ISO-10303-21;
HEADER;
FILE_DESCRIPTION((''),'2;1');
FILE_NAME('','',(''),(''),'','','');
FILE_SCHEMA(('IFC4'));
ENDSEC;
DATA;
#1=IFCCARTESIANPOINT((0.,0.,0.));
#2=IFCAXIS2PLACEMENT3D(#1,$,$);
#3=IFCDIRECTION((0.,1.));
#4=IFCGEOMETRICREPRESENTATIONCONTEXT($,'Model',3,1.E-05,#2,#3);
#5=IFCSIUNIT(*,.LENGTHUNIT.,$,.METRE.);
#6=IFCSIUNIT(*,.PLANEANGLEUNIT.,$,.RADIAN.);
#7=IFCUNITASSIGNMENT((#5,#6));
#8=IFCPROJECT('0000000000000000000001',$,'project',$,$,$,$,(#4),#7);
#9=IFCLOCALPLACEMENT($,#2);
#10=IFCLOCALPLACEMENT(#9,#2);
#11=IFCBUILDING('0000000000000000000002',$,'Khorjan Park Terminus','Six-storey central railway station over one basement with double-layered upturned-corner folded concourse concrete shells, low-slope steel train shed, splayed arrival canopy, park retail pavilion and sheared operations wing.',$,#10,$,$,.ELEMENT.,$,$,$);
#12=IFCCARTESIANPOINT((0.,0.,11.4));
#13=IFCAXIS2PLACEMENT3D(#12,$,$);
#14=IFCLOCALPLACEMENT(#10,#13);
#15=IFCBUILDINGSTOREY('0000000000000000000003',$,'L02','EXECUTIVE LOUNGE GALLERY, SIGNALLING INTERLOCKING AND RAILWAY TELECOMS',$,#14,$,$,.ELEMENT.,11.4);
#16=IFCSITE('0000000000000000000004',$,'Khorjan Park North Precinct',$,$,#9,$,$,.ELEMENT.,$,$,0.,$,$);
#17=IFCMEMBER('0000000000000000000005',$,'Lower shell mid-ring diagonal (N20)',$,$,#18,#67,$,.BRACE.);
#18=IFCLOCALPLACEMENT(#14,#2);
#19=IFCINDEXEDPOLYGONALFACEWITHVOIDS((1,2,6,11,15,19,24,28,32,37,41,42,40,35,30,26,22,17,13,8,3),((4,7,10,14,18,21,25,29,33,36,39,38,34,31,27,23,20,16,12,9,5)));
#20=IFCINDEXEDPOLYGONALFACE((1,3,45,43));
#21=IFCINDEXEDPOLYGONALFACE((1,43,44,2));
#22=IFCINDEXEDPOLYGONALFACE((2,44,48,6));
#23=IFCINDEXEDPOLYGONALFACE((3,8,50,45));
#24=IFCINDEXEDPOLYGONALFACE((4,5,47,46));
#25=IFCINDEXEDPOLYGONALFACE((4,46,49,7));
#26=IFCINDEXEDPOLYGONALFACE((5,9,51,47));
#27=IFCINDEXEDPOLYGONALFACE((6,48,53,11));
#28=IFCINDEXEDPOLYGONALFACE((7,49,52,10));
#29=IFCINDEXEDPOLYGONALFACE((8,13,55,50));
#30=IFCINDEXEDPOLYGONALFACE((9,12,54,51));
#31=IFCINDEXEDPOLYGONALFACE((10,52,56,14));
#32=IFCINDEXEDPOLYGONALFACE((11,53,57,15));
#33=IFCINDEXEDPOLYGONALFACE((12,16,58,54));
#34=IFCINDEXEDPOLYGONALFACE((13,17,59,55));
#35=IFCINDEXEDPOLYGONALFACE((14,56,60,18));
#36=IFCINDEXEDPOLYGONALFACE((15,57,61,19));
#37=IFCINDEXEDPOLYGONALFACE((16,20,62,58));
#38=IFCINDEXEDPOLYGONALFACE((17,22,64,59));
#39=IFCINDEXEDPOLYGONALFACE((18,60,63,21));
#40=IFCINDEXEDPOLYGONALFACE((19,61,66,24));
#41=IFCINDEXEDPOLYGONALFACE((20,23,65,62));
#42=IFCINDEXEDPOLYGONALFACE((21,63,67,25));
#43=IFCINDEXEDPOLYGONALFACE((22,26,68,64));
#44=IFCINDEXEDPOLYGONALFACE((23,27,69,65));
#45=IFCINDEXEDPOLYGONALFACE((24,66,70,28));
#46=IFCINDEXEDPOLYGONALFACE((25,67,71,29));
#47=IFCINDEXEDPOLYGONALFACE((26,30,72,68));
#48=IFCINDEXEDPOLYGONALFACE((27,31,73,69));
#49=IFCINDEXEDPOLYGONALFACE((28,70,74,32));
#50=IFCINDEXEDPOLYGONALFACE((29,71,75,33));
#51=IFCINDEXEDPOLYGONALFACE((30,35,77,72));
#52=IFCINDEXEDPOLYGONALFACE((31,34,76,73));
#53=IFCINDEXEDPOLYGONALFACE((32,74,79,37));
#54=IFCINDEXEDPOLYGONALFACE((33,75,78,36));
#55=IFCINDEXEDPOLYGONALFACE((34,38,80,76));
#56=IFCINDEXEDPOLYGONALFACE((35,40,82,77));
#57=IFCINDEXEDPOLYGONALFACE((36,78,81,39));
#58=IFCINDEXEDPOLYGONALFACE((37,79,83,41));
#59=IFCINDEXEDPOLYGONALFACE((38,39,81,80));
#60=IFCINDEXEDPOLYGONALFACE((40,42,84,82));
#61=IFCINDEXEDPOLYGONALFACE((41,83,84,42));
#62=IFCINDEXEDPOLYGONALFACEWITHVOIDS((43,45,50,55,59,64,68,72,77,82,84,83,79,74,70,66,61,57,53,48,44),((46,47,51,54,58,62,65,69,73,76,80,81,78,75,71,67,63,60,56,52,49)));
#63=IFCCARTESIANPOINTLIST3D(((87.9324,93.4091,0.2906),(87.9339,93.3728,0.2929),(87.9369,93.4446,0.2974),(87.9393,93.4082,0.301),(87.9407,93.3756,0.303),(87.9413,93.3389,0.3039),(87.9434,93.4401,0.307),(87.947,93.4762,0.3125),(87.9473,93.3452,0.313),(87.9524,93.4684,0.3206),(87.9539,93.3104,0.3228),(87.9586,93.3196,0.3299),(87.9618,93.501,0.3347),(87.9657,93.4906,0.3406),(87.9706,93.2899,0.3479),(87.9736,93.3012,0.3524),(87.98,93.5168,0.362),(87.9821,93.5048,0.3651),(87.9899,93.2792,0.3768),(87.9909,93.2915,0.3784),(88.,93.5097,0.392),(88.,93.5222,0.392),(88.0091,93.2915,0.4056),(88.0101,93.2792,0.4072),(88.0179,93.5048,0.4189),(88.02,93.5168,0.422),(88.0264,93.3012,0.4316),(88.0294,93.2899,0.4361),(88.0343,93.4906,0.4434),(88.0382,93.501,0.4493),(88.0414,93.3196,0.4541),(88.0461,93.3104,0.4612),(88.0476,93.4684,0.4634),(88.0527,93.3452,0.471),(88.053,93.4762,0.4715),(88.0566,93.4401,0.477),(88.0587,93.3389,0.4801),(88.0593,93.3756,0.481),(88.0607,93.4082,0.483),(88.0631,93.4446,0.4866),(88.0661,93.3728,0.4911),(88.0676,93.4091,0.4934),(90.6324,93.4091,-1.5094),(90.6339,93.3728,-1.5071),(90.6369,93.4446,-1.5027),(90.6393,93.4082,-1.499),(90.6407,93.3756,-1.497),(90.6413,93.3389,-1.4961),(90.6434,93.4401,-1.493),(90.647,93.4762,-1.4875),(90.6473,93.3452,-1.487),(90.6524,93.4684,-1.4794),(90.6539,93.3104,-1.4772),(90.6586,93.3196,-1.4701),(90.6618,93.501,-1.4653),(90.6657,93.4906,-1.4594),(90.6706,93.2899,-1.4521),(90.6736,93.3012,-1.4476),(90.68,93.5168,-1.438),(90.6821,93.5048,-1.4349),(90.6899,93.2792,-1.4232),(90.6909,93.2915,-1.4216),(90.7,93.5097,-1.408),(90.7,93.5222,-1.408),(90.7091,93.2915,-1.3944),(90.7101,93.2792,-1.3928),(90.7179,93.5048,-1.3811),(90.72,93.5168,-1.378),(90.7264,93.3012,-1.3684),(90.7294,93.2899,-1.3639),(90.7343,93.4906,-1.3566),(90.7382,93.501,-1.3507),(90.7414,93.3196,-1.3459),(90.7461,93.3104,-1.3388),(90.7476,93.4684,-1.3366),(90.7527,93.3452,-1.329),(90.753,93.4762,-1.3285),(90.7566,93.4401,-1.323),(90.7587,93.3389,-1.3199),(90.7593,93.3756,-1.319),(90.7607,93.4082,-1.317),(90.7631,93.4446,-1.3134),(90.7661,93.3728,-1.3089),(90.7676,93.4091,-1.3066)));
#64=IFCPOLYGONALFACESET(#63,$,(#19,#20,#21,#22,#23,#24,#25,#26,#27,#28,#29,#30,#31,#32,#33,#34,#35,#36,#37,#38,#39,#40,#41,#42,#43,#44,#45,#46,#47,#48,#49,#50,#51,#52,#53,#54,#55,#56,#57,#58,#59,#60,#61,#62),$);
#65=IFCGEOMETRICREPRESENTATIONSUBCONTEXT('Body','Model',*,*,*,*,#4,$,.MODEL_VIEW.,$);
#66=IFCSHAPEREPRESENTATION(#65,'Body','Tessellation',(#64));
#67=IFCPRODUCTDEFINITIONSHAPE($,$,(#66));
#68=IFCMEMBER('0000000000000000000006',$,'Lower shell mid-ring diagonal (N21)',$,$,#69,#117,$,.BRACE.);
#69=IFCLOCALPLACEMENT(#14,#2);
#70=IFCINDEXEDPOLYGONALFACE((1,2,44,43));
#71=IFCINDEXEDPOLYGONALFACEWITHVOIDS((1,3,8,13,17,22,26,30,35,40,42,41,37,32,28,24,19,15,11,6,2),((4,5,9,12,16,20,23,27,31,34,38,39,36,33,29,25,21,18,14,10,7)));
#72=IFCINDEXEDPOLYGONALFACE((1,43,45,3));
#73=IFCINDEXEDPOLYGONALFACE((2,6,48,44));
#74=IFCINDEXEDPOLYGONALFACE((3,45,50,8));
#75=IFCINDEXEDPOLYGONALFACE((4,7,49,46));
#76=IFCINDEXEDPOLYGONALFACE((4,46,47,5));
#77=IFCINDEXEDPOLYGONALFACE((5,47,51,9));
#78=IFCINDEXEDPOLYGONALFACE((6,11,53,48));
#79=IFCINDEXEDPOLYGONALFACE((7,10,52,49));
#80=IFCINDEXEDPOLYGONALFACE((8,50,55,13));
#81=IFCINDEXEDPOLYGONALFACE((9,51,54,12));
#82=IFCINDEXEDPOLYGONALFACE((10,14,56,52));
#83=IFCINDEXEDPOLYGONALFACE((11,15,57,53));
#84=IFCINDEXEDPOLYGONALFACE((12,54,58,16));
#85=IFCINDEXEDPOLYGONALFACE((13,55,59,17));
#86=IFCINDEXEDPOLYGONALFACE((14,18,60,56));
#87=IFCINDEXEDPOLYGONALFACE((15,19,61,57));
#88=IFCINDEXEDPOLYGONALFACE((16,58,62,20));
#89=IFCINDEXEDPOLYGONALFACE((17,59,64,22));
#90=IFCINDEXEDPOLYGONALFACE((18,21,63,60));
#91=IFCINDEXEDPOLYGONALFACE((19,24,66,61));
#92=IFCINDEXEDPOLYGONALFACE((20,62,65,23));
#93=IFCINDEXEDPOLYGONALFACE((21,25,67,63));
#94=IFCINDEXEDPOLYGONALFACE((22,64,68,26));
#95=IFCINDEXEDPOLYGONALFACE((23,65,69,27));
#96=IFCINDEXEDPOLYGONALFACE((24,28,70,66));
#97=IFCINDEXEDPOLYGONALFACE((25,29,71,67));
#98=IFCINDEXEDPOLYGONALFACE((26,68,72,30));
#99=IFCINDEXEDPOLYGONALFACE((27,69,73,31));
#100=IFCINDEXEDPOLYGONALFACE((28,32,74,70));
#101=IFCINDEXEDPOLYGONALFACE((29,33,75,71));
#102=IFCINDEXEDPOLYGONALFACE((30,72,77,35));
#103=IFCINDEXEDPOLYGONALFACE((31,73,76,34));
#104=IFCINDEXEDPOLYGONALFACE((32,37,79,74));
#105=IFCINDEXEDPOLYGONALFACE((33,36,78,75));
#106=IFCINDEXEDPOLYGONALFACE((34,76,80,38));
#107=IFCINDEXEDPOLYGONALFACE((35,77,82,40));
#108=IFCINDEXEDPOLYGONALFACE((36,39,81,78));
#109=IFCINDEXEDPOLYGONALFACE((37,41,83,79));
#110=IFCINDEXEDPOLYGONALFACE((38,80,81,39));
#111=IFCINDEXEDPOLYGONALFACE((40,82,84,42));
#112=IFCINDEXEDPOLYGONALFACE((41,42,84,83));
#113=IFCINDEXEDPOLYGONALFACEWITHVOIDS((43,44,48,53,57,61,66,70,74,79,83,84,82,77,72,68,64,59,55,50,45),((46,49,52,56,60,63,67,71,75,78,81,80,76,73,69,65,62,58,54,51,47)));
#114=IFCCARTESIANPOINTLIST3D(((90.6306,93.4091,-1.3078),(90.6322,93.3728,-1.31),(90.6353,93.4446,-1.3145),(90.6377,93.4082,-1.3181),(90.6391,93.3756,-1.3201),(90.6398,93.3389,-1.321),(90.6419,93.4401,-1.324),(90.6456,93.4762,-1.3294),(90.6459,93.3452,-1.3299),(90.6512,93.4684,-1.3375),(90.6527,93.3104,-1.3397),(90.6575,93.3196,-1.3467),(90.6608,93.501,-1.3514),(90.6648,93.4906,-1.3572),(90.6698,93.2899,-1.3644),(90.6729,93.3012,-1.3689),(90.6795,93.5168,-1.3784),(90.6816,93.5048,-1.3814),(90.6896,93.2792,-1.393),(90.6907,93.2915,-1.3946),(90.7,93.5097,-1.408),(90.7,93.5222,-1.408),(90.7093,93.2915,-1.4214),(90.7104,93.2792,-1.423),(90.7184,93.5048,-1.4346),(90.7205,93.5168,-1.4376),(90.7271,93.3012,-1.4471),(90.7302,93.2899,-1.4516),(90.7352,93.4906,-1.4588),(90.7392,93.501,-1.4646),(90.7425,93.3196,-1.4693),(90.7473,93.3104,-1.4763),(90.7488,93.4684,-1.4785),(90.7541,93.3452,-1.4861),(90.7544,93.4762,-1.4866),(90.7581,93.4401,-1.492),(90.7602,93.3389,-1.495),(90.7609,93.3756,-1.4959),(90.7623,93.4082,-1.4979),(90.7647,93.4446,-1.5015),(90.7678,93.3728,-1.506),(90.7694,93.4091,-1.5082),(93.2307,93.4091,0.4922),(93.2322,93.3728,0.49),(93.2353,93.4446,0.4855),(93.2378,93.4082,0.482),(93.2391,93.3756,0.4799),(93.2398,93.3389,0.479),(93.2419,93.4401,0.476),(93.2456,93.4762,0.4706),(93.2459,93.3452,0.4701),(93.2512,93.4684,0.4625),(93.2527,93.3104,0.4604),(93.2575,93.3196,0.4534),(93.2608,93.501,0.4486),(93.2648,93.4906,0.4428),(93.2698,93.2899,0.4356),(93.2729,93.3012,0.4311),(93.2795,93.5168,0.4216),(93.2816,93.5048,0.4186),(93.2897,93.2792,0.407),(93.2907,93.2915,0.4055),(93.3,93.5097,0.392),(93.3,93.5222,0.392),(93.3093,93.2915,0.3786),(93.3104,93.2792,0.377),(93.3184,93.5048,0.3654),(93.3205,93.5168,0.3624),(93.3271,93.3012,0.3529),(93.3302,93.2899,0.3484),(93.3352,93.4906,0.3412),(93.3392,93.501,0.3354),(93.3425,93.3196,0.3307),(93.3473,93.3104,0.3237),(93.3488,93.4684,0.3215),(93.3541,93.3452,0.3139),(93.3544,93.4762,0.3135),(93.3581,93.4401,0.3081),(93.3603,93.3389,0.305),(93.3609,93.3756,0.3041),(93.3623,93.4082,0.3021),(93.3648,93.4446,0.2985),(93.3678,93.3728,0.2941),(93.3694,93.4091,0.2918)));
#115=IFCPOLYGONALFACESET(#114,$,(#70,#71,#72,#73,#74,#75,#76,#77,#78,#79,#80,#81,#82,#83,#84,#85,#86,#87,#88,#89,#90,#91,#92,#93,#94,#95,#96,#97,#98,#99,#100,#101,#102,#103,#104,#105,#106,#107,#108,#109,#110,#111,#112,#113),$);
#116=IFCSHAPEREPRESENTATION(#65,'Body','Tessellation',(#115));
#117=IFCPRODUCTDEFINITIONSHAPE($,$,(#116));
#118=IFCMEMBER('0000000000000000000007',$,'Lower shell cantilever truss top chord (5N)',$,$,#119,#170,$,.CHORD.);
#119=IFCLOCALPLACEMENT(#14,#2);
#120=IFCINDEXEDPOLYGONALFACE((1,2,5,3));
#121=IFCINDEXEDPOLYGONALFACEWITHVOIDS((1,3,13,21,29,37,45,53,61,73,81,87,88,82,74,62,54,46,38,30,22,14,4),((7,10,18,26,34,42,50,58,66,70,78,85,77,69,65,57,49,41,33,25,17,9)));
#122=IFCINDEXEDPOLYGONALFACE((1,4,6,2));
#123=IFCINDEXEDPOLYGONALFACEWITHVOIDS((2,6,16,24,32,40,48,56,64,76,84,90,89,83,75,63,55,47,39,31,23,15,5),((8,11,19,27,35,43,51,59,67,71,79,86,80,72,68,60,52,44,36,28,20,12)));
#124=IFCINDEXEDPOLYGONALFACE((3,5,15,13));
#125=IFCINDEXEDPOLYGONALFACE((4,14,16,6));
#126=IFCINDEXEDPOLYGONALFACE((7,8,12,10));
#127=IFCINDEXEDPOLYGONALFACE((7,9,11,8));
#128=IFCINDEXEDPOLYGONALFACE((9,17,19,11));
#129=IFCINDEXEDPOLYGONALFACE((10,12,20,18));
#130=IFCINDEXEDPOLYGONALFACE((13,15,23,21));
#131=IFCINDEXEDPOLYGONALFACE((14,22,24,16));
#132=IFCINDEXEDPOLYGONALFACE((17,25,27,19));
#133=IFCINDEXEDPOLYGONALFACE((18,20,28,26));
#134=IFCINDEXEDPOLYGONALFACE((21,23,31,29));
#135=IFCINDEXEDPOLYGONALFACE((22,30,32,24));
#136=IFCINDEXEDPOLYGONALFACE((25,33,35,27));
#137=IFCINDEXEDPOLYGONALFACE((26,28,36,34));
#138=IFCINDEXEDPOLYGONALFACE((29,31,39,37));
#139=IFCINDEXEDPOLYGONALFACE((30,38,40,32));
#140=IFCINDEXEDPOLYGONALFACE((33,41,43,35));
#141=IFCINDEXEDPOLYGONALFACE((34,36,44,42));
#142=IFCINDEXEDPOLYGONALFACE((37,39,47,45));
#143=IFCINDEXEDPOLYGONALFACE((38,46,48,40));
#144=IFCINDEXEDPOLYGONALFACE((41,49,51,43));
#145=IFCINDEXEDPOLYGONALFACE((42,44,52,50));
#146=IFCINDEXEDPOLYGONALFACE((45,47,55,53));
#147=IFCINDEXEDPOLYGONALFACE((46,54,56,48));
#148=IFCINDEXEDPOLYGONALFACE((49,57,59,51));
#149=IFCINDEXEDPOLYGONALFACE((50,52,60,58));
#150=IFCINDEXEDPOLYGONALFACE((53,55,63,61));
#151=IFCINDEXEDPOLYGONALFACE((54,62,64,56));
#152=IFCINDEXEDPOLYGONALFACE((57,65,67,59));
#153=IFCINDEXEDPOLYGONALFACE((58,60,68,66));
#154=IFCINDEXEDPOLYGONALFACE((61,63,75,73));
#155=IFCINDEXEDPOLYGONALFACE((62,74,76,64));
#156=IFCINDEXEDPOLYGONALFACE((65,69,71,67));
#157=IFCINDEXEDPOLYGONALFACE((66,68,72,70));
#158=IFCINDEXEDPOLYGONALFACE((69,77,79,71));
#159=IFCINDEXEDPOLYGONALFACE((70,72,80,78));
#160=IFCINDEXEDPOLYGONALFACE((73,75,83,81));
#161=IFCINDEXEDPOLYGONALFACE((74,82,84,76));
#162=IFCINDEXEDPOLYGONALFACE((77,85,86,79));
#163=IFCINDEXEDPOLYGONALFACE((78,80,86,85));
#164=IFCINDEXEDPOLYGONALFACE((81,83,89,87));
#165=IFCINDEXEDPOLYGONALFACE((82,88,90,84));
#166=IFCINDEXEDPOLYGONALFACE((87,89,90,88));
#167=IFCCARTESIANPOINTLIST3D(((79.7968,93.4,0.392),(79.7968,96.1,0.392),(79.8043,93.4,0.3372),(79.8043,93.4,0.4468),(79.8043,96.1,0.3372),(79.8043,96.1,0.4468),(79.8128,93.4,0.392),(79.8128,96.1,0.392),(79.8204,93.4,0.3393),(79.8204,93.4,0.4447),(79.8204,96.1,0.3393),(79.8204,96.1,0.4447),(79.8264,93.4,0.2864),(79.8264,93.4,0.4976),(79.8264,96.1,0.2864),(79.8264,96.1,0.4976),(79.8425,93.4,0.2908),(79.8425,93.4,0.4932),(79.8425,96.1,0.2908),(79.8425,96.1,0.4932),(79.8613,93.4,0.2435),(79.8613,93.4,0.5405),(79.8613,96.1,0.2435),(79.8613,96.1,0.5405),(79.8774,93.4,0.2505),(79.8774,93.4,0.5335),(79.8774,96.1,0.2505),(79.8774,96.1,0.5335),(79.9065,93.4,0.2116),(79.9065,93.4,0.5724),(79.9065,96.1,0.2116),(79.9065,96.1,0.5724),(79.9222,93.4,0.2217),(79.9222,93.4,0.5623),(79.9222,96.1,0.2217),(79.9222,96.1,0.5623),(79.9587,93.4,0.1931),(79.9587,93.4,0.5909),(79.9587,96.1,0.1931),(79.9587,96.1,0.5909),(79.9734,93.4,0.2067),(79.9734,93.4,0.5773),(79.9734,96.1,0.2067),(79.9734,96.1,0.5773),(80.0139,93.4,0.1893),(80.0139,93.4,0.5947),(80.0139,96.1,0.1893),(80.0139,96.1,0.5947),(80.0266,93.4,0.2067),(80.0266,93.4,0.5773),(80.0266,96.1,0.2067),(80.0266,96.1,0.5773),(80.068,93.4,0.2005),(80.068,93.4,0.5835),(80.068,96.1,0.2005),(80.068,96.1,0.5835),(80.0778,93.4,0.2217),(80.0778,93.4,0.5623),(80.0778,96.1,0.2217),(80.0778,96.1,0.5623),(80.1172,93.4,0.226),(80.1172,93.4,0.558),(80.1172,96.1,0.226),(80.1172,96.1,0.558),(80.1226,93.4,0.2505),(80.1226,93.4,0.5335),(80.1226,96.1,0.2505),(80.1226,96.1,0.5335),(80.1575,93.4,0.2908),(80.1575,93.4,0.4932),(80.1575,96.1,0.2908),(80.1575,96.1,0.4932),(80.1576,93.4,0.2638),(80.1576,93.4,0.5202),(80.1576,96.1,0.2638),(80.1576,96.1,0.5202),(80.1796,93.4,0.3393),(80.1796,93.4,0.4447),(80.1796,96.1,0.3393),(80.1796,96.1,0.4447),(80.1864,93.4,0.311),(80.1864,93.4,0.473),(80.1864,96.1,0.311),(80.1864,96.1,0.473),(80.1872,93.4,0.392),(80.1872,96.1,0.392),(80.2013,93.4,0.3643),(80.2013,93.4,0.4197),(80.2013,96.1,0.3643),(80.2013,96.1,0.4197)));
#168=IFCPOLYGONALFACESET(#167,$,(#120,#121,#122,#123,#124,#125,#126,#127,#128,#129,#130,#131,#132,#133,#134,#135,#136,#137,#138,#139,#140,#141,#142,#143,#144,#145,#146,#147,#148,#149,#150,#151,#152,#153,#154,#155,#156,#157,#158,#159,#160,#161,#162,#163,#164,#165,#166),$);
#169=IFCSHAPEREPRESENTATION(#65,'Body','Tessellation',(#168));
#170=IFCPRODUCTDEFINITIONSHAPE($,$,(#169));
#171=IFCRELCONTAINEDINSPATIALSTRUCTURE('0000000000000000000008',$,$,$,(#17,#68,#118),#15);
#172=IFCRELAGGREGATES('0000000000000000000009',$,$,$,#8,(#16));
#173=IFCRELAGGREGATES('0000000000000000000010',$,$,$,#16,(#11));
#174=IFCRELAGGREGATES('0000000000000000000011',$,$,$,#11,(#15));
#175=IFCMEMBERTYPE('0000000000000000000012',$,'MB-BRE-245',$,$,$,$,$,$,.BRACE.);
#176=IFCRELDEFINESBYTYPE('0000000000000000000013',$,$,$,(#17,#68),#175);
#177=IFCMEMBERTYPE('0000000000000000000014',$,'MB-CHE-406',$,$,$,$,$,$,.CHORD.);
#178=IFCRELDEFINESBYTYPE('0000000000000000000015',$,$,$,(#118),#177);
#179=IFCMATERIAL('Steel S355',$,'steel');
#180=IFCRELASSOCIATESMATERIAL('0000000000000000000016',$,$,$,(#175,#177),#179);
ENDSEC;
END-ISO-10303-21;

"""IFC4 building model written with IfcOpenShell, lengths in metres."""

from ifc_helpers import new_model, si_unit, direction, frame, origin, origin_2d, place, context, subcontext, project, spatial, hollow_circle, extrude, material, material_profile, profile_set, type_object, element, save


model = new_model("IFC4")

# Units and contexts
model_context = context("Model", 3, precision=1e-05, world=origin(), true_north=direction((0.0, 1.0)))
body_context = subcontext(model_context, "Body", "Model", "MODEL_VIEW")
ifc_project = project(units=[si_unit("LENGTHUNIT", "METRE"), si_unit("PLANEANGLEUNIT", "RADIAN")], contexts=[model_context])

# Site, building, storey
site_placement = place(None, origin())
site = spatial("IfcSite", under=ifc_project, at=site_placement, Name="Khorjan Park North Precinct", CompositionType="ELEMENT", RefElevation=0.0)
building_placement = place(site_placement, origin())
building = spatial("IfcBuilding", under=site, at=building_placement, Name="Khorjan Park Terminus", Description="Six-storey central railway station over one basement with double-layered upturned-corner folded concourse concrete shells, low-slope steel train shed, splayed arrival canopy, park retail pavilion and sheared operations wing.", CompositionType="ELEMENT")
storey_placement = place(building_placement, frame((0.0, 0.0, 11.4)))
storey = spatial("IfcBuildingStorey", under=building, at=storey_placement, Name="L02", Description="EXECUTIVE LOUNGE GALLERY, SIGNALLING INTERLOCKING AND RAILWAY TELECOMS", CompositionType="ELEMENT", Elevation=11.4)

# Members
ifc_material_1 = material(Name="Steel S355", Category="steel")
ifc_material_profile_1 = material_profile(ifc_material_1, hollow_circle(Radius=0.1222, WallThickness=0.0125, at=origin_2d()), Name="CHS 244.5x12.5")
ifc_profile_set_1 = profile_set([ifc_material_profile_1], Name="Steel S355")
member_type_1 = type_object("IfcMemberType", Name="MB-BRE-245", PredefinedType="BRACE", material=ifc_profile_set_1)
for number, where, z_axis, x_axis, name in (
    (1, (88.0, 93.4, 0.392), (0.83205, 0.0, -0.5547), (0.0, 1.0, 0.0), "Lower shell mid-ring diagonal (N20)"),
):
    element("IfcMember", number, at=place(storey_placement, frame(where, z_axis=z_axis, x_axis=x_axis)), inside=storey, type_object=member_type_1, Name=name, PredefinedType="BRACE", context=body_context, shape_type="SweptSolid", body=[
        extrude(hollow_circle(Radius=0.1222, WallThickness=0.0125, at=origin_2d()), origin(), (0.0, 0.0, 1.0), 3.245),
    ])
member_1_placement = place(storey_placement, frame((90.7, 93.4, -1.408), z_axis=(0.822192, 0.0, 0.56921), x_axis=(0.0, 1.0, 0.0)))
element("IfcMember", 2, at=member_1_placement, inside=storey, type_object=member_type_1, Name="Lower shell mid-ring diagonal (N21)", PredefinedType="BRACE", context=body_context, shape_type="SweptSolid", body=[
    extrude(hollow_circle(Radius=0.1222, WallThickness=0.0125, at=origin_2d()), origin(), (0.0, 0.0, 1.0), 3.1623),
])
ifc_material_profile_2 = material_profile(ifc_material_1, hollow_circle(Radius=0.2032, WallThickness=0.016, at=origin_2d()), Name="CHS 406.4x16")
ifc_profile_set_2 = profile_set([ifc_material_profile_2], Name="Steel S355")
member_type_2 = type_object("IfcMemberType", Name="MB-CHE-406", PredefinedType="CHORD", material=ifc_profile_set_2)
for number, where, z_axis, x_axis, name in (
    (3, (80.0, 93.4, 0.392), (0.0, 1.0, 0.0), (-1.0, 0.0, 0.0), "Lower shell cantilever truss top chord (5N)"),
):
    element("IfcMember", number, at=place(storey_placement, frame(where, z_axis=z_axis, x_axis=x_axis)), inside=storey, type_object=member_type_2, Name=name, PredefinedType="CHORD", context=body_context, shape_type="SweptSolid", body=[
        extrude(hollow_circle(Radius=0.2032, WallThickness=0.016, at=origin_2d()), origin(), (0.0, 0.0, 1.0), 2.7),
    ])

save(model, "model.ifc")
